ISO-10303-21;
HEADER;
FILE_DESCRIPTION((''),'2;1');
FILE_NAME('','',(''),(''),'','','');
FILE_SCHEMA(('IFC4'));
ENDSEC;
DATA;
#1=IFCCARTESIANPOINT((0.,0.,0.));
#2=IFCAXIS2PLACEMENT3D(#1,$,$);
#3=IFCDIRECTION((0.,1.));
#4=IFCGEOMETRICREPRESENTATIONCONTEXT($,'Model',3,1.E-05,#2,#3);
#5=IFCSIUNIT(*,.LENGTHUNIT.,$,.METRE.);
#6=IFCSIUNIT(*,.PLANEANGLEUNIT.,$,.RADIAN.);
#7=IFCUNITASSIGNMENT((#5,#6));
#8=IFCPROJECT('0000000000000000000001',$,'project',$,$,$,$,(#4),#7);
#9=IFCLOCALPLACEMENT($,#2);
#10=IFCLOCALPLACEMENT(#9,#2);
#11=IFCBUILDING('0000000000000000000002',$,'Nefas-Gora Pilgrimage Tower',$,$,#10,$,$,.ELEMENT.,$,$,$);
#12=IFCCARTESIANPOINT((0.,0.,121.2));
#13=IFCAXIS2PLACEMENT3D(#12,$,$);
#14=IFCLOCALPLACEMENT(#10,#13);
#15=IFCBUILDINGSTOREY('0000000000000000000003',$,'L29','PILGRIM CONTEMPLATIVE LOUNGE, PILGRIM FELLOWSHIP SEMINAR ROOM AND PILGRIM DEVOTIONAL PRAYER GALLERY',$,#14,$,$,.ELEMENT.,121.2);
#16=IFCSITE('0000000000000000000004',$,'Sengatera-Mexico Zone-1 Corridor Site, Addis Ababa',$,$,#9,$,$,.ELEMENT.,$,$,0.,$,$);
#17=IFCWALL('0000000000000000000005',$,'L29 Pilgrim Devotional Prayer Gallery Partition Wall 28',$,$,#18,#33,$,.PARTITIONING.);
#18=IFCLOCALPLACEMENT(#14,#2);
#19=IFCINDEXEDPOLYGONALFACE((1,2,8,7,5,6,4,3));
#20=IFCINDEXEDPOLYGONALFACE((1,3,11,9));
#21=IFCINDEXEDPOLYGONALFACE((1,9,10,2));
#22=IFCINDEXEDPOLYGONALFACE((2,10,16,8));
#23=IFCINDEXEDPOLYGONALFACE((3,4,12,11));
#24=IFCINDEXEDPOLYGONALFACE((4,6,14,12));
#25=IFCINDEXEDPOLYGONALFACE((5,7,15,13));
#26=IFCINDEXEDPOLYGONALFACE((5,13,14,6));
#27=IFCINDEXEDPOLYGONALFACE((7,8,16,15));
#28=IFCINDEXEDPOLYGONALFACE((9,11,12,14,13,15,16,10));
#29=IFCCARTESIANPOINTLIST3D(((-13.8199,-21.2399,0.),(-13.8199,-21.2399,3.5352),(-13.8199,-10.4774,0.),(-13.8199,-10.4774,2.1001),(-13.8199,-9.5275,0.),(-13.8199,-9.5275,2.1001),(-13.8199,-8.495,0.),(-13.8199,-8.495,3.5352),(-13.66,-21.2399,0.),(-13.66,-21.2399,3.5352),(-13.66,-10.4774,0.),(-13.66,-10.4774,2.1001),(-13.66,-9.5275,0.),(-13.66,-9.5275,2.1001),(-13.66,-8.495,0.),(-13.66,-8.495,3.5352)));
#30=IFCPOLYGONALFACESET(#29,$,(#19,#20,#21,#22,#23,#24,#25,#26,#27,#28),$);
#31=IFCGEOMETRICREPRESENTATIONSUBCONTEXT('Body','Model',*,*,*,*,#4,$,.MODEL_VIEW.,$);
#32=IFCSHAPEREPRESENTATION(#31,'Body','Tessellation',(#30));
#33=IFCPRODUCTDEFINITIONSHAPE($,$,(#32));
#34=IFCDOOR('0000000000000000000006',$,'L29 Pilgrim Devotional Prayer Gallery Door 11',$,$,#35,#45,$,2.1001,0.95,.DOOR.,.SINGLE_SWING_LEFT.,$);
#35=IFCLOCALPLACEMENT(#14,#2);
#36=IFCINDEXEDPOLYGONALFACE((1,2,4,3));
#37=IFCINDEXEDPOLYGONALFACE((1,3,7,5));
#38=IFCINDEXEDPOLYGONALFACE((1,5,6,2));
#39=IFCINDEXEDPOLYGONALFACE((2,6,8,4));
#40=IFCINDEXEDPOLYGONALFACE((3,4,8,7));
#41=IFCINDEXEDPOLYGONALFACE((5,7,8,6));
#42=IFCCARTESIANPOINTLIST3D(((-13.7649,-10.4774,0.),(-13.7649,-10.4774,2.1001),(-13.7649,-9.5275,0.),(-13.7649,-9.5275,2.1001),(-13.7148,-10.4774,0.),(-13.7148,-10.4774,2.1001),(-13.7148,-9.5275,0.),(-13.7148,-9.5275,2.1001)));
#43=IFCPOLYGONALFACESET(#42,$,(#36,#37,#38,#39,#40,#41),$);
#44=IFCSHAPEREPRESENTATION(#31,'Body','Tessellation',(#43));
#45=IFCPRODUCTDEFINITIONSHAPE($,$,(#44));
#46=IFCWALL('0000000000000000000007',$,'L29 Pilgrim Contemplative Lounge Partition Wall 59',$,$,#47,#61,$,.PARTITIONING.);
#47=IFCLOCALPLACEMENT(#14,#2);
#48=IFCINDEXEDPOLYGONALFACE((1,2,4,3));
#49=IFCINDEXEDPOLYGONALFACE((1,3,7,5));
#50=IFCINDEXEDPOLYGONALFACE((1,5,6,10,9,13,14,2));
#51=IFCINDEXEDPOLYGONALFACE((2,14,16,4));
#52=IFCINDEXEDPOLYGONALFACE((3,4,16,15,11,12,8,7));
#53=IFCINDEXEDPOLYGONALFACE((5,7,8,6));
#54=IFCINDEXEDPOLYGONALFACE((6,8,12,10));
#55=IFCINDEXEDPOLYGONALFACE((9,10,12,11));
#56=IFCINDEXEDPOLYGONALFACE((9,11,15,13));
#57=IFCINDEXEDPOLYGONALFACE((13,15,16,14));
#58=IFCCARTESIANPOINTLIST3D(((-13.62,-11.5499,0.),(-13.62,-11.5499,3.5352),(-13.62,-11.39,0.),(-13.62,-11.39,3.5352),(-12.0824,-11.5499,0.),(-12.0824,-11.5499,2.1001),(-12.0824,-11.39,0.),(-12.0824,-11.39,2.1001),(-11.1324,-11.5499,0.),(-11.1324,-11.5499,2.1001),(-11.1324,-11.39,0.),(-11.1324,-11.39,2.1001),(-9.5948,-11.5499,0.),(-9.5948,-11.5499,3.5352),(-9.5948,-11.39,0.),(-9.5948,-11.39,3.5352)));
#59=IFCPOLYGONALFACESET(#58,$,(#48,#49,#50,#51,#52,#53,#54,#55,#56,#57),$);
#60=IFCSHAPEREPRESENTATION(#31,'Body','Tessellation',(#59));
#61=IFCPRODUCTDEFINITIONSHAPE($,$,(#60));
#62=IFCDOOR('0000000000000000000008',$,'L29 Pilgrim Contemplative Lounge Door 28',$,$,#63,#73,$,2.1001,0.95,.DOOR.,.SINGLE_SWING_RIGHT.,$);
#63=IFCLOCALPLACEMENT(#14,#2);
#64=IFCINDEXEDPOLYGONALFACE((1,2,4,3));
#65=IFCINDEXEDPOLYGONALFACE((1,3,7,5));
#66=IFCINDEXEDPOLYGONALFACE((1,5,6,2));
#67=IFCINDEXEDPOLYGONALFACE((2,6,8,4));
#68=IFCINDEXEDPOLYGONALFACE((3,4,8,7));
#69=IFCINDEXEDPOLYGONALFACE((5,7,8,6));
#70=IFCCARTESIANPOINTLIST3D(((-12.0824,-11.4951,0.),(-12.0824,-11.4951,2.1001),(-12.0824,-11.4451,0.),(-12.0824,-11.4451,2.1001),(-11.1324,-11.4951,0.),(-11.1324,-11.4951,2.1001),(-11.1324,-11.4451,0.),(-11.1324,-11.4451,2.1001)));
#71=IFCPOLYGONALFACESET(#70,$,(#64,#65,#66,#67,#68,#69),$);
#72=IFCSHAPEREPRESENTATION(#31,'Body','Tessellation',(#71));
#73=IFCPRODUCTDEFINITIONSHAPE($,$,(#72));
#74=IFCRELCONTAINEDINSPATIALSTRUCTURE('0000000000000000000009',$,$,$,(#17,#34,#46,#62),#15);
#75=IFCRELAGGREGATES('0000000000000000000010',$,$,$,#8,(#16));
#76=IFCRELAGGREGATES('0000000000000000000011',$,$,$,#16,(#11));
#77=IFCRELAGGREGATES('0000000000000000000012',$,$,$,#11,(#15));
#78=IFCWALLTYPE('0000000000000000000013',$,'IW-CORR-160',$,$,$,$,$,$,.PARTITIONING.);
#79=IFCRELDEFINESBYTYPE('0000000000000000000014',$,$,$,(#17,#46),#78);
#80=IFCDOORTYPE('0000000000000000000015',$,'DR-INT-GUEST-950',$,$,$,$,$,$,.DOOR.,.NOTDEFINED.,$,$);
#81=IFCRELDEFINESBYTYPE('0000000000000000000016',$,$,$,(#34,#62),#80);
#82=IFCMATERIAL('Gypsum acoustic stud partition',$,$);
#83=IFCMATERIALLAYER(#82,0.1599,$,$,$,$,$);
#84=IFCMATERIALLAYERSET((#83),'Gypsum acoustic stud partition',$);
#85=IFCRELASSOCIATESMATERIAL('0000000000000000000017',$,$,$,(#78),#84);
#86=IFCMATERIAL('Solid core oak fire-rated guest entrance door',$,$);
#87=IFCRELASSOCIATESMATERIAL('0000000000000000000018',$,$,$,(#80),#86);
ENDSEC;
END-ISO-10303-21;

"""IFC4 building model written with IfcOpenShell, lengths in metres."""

from ifc_helpers import new_model, si_unit, direction, frame, frame_2d, origin, place, context, subcontext, project, spatial, rectangle, extrude, source, transform, mapped, material, layer, layer_set, type_object, element, fill, save


model = new_model("IFC4")

# Units and contexts
model_context = context("Model", 3, precision=1e-05, world=origin(), true_north=direction((0.0, 1.0)))
body_context = subcontext(model_context, "Body", "Model", "MODEL_VIEW")
ifc_project = project(units=[si_unit("LENGTHUNIT", "METRE"), si_unit("PLANEANGLEUNIT", "RADIAN")], contexts=[model_context])

# Site, building, storey
site_placement = place(None, origin())
site = spatial("IfcSite", under=ifc_project, at=site_placement, Name="Sengatera-Mexico Zone-1 Corridor Site, Addis Ababa", CompositionType="ELEMENT", RefElevation=0.0)
building_placement = place(site_placement, origin())
building = spatial("IfcBuilding", under=site, at=building_placement, Name="Nefas-Gora Pilgrimage Tower", CompositionType="ELEMENT")
storey_placement = place(building_placement, frame((0.0, 0.0, 121.2)))
storey = spatial("IfcBuildingStorey", under=building, at=storey_placement, Name="L29", Description="PILGRIM CONTEMPLATIVE LOUNGE, PILGRIM FELLOWSHIP SEMINAR ROOM AND PILGRIM DEVOTIONAL PRAYER GALLERY", CompositionType="ELEMENT", Elevation=121.2)

# Walls, openings, doors
ifc_material_1 = material(Name="Gypsum acoustic stud partition")
ifc_layer_1 = layer(ifc_material_1, 0.1599)
ifc_layer_set_1 = layer_set([ifc_layer_1], Name="Gypsum acoustic stud partition")
wall_type_1 = type_object("IfcWallType", Name="IW-CORR-160", PredefinedType="PARTITIONING", material=ifc_layer_set_1)
shared_shape_1 = source(origin(), body_context, "Body", "SweptSolid", [
    extrude(rectangle(XDim=12.7449, YDim=0.1599, at=frame_2d((6.3726, 0.0))), origin(), (0.0, 0.0, 1.0), 3.5352),
])
wall_1_placement = place(storey_placement, frame((-13.74, -21.24, 0.0), z_axis=(0.0, 0.0, 1.0), x_axis=(0.0, 1.0, 0.0)))
wall_1 = element("IfcWall", 1, at=wall_1_placement, inside=storey, type_object=wall_type_1, Name="L29 Pilgrim Devotional Prayer Gallery Partition Wall 28", PredefinedType="PARTITIONING", context=body_context, shape_type="MappedRepresentation", body=[
    mapped(shared_shape_1, transform((0.0, 0.0, 0.0), x_axis=(1.0, 0.0, 0.0), y_axis=(0.0, 1.0, 0.0), z_axis=(0.0, 0.0, 1.0), scale=1.0)),
])
opening_1_placement = place(wall_1_placement, frame((10.7625, 0.0, 0.0)))
opening_1 = element("IfcOpeningElement", 2, at=opening_1_placement, cuts=wall_1, PredefinedType="OPENING", context=body_context, shape_type="SweptSolid", body=[
    extrude(rectangle(XDim=0.95, YDim=2.1001, at=frame_2d((0.4751, 1.05))), frame((0.0, 0.0898, 0.0), z_axis=(0.0, -1.0, 0.0), x_axis=(1.0, 0.0, 0.0)), (0.0, 0.0, 1.0), 0.1799),
])
ifc_material_2 = material(Name="Solid core oak fire-rated guest entrance door")
door_type = type_object("IfcDoorType", Name="DR-INT-GUEST-950", OperationType="NOTDEFINED", PredefinedType="DOOR", material=ifc_material_2)
shared_shape_2 = source(origin(), body_context, "Body", "SweptSolid", [
    extrude(rectangle(XDim=0.95, YDim=2.1001, at=frame_2d((0.4751, 1.05))), frame((0.0, 0.0249, 0.0), z_axis=(0.0, -1.0, 0.0), x_axis=(1.0, 0.0, 0.0)), (0.0, 0.0, 1.0), 0.05),
])
door_1_placement = place(opening_1_placement, origin())
door_1 = element("IfcDoor", 3, at=door_1_placement, inside=storey, type_object=door_type, Name="L29 Pilgrim Devotional Prayer Gallery Door 11", OperationType="SINGLE_SWING_LEFT", OverallHeight=2.1001, OverallWidth=0.95, PredefinedType="DOOR", context=body_context, shape_type="MappedRepresentation", body=[
    mapped(shared_shape_2, transform((0.0, 0.0, 0.0), x_axis=(1.0, 0.0, 0.0), y_axis=(0.0, 1.0, 0.0), z_axis=(0.0, 0.0, 1.0), scale=1.0)),
])
fill(opening_1, door_1)
shared_shape_3 = source(origin(), body_context, "Body", "SweptSolid", [
    extrude(rectangle(XDim=4.0251, YDim=0.1599, at=frame_2d((2.0127, 0.0))), origin(), (0.0, 0.0, 1.0), 3.5352),
])
wall_2_placement = place(storey_placement, frame((-13.6201, -11.47, 0.0), z_axis=(0.0, 0.0, 1.0), x_axis=(1.0, 0.0, 0.0)))
wall_2 = element("IfcWall", 4, at=wall_2_placement, inside=storey, type_object=wall_type_1, Name="L29 Pilgrim Contemplative Lounge Partition Wall 59", PredefinedType="PARTITIONING", context=body_context, shape_type="MappedRepresentation", body=[
    mapped(shared_shape_3, transform((0.0, 0.0, 0.0), x_axis=(1.0, 0.0, 0.0), y_axis=(0.0, 1.0, 0.0), z_axis=(0.0, 0.0, 1.0), scale=1.0)),
])
opening_2_placement = place(wall_2_placement, frame((1.5376, 0.0, 0.0)))
opening_2 = element("IfcOpeningElement", 5, at=opening_2_placement, cuts=wall_2, PredefinedType="OPENING", context=body_context, shape_type="SweptSolid", body=[
    extrude(rectangle(XDim=0.95, YDim=2.1001, at=frame_2d((0.4751, 1.05))), frame((0.0, 0.0898, 0.0), z_axis=(0.0, -1.0, 0.0), x_axis=(1.0, 0.0, 0.0)), (0.0, 0.0, 1.0), 0.1799),
])
door_2_placement = place(opening_2_placement, origin())
door_2 = element("IfcDoor", 6, at=door_2_placement, inside=storey, type_object=door_type, Name="L29 Pilgrim Contemplative Lounge Door 28", OperationType="SINGLE_SWING_RIGHT", OverallHeight=2.1001, OverallWidth=0.95, PredefinedType="DOOR", context=body_context, shape_type="MappedRepresentation", body=[
    mapped(shared_shape_2, transform((0.0, 0.0, 0.0), x_axis=(1.0, 0.0, 0.0), y_axis=(0.0, 1.0, 0.0), z_axis=(0.0, 0.0, 1.0), scale=1.0)),
])
fill(opening_2, door_2)

save(model, "model.ifc")
